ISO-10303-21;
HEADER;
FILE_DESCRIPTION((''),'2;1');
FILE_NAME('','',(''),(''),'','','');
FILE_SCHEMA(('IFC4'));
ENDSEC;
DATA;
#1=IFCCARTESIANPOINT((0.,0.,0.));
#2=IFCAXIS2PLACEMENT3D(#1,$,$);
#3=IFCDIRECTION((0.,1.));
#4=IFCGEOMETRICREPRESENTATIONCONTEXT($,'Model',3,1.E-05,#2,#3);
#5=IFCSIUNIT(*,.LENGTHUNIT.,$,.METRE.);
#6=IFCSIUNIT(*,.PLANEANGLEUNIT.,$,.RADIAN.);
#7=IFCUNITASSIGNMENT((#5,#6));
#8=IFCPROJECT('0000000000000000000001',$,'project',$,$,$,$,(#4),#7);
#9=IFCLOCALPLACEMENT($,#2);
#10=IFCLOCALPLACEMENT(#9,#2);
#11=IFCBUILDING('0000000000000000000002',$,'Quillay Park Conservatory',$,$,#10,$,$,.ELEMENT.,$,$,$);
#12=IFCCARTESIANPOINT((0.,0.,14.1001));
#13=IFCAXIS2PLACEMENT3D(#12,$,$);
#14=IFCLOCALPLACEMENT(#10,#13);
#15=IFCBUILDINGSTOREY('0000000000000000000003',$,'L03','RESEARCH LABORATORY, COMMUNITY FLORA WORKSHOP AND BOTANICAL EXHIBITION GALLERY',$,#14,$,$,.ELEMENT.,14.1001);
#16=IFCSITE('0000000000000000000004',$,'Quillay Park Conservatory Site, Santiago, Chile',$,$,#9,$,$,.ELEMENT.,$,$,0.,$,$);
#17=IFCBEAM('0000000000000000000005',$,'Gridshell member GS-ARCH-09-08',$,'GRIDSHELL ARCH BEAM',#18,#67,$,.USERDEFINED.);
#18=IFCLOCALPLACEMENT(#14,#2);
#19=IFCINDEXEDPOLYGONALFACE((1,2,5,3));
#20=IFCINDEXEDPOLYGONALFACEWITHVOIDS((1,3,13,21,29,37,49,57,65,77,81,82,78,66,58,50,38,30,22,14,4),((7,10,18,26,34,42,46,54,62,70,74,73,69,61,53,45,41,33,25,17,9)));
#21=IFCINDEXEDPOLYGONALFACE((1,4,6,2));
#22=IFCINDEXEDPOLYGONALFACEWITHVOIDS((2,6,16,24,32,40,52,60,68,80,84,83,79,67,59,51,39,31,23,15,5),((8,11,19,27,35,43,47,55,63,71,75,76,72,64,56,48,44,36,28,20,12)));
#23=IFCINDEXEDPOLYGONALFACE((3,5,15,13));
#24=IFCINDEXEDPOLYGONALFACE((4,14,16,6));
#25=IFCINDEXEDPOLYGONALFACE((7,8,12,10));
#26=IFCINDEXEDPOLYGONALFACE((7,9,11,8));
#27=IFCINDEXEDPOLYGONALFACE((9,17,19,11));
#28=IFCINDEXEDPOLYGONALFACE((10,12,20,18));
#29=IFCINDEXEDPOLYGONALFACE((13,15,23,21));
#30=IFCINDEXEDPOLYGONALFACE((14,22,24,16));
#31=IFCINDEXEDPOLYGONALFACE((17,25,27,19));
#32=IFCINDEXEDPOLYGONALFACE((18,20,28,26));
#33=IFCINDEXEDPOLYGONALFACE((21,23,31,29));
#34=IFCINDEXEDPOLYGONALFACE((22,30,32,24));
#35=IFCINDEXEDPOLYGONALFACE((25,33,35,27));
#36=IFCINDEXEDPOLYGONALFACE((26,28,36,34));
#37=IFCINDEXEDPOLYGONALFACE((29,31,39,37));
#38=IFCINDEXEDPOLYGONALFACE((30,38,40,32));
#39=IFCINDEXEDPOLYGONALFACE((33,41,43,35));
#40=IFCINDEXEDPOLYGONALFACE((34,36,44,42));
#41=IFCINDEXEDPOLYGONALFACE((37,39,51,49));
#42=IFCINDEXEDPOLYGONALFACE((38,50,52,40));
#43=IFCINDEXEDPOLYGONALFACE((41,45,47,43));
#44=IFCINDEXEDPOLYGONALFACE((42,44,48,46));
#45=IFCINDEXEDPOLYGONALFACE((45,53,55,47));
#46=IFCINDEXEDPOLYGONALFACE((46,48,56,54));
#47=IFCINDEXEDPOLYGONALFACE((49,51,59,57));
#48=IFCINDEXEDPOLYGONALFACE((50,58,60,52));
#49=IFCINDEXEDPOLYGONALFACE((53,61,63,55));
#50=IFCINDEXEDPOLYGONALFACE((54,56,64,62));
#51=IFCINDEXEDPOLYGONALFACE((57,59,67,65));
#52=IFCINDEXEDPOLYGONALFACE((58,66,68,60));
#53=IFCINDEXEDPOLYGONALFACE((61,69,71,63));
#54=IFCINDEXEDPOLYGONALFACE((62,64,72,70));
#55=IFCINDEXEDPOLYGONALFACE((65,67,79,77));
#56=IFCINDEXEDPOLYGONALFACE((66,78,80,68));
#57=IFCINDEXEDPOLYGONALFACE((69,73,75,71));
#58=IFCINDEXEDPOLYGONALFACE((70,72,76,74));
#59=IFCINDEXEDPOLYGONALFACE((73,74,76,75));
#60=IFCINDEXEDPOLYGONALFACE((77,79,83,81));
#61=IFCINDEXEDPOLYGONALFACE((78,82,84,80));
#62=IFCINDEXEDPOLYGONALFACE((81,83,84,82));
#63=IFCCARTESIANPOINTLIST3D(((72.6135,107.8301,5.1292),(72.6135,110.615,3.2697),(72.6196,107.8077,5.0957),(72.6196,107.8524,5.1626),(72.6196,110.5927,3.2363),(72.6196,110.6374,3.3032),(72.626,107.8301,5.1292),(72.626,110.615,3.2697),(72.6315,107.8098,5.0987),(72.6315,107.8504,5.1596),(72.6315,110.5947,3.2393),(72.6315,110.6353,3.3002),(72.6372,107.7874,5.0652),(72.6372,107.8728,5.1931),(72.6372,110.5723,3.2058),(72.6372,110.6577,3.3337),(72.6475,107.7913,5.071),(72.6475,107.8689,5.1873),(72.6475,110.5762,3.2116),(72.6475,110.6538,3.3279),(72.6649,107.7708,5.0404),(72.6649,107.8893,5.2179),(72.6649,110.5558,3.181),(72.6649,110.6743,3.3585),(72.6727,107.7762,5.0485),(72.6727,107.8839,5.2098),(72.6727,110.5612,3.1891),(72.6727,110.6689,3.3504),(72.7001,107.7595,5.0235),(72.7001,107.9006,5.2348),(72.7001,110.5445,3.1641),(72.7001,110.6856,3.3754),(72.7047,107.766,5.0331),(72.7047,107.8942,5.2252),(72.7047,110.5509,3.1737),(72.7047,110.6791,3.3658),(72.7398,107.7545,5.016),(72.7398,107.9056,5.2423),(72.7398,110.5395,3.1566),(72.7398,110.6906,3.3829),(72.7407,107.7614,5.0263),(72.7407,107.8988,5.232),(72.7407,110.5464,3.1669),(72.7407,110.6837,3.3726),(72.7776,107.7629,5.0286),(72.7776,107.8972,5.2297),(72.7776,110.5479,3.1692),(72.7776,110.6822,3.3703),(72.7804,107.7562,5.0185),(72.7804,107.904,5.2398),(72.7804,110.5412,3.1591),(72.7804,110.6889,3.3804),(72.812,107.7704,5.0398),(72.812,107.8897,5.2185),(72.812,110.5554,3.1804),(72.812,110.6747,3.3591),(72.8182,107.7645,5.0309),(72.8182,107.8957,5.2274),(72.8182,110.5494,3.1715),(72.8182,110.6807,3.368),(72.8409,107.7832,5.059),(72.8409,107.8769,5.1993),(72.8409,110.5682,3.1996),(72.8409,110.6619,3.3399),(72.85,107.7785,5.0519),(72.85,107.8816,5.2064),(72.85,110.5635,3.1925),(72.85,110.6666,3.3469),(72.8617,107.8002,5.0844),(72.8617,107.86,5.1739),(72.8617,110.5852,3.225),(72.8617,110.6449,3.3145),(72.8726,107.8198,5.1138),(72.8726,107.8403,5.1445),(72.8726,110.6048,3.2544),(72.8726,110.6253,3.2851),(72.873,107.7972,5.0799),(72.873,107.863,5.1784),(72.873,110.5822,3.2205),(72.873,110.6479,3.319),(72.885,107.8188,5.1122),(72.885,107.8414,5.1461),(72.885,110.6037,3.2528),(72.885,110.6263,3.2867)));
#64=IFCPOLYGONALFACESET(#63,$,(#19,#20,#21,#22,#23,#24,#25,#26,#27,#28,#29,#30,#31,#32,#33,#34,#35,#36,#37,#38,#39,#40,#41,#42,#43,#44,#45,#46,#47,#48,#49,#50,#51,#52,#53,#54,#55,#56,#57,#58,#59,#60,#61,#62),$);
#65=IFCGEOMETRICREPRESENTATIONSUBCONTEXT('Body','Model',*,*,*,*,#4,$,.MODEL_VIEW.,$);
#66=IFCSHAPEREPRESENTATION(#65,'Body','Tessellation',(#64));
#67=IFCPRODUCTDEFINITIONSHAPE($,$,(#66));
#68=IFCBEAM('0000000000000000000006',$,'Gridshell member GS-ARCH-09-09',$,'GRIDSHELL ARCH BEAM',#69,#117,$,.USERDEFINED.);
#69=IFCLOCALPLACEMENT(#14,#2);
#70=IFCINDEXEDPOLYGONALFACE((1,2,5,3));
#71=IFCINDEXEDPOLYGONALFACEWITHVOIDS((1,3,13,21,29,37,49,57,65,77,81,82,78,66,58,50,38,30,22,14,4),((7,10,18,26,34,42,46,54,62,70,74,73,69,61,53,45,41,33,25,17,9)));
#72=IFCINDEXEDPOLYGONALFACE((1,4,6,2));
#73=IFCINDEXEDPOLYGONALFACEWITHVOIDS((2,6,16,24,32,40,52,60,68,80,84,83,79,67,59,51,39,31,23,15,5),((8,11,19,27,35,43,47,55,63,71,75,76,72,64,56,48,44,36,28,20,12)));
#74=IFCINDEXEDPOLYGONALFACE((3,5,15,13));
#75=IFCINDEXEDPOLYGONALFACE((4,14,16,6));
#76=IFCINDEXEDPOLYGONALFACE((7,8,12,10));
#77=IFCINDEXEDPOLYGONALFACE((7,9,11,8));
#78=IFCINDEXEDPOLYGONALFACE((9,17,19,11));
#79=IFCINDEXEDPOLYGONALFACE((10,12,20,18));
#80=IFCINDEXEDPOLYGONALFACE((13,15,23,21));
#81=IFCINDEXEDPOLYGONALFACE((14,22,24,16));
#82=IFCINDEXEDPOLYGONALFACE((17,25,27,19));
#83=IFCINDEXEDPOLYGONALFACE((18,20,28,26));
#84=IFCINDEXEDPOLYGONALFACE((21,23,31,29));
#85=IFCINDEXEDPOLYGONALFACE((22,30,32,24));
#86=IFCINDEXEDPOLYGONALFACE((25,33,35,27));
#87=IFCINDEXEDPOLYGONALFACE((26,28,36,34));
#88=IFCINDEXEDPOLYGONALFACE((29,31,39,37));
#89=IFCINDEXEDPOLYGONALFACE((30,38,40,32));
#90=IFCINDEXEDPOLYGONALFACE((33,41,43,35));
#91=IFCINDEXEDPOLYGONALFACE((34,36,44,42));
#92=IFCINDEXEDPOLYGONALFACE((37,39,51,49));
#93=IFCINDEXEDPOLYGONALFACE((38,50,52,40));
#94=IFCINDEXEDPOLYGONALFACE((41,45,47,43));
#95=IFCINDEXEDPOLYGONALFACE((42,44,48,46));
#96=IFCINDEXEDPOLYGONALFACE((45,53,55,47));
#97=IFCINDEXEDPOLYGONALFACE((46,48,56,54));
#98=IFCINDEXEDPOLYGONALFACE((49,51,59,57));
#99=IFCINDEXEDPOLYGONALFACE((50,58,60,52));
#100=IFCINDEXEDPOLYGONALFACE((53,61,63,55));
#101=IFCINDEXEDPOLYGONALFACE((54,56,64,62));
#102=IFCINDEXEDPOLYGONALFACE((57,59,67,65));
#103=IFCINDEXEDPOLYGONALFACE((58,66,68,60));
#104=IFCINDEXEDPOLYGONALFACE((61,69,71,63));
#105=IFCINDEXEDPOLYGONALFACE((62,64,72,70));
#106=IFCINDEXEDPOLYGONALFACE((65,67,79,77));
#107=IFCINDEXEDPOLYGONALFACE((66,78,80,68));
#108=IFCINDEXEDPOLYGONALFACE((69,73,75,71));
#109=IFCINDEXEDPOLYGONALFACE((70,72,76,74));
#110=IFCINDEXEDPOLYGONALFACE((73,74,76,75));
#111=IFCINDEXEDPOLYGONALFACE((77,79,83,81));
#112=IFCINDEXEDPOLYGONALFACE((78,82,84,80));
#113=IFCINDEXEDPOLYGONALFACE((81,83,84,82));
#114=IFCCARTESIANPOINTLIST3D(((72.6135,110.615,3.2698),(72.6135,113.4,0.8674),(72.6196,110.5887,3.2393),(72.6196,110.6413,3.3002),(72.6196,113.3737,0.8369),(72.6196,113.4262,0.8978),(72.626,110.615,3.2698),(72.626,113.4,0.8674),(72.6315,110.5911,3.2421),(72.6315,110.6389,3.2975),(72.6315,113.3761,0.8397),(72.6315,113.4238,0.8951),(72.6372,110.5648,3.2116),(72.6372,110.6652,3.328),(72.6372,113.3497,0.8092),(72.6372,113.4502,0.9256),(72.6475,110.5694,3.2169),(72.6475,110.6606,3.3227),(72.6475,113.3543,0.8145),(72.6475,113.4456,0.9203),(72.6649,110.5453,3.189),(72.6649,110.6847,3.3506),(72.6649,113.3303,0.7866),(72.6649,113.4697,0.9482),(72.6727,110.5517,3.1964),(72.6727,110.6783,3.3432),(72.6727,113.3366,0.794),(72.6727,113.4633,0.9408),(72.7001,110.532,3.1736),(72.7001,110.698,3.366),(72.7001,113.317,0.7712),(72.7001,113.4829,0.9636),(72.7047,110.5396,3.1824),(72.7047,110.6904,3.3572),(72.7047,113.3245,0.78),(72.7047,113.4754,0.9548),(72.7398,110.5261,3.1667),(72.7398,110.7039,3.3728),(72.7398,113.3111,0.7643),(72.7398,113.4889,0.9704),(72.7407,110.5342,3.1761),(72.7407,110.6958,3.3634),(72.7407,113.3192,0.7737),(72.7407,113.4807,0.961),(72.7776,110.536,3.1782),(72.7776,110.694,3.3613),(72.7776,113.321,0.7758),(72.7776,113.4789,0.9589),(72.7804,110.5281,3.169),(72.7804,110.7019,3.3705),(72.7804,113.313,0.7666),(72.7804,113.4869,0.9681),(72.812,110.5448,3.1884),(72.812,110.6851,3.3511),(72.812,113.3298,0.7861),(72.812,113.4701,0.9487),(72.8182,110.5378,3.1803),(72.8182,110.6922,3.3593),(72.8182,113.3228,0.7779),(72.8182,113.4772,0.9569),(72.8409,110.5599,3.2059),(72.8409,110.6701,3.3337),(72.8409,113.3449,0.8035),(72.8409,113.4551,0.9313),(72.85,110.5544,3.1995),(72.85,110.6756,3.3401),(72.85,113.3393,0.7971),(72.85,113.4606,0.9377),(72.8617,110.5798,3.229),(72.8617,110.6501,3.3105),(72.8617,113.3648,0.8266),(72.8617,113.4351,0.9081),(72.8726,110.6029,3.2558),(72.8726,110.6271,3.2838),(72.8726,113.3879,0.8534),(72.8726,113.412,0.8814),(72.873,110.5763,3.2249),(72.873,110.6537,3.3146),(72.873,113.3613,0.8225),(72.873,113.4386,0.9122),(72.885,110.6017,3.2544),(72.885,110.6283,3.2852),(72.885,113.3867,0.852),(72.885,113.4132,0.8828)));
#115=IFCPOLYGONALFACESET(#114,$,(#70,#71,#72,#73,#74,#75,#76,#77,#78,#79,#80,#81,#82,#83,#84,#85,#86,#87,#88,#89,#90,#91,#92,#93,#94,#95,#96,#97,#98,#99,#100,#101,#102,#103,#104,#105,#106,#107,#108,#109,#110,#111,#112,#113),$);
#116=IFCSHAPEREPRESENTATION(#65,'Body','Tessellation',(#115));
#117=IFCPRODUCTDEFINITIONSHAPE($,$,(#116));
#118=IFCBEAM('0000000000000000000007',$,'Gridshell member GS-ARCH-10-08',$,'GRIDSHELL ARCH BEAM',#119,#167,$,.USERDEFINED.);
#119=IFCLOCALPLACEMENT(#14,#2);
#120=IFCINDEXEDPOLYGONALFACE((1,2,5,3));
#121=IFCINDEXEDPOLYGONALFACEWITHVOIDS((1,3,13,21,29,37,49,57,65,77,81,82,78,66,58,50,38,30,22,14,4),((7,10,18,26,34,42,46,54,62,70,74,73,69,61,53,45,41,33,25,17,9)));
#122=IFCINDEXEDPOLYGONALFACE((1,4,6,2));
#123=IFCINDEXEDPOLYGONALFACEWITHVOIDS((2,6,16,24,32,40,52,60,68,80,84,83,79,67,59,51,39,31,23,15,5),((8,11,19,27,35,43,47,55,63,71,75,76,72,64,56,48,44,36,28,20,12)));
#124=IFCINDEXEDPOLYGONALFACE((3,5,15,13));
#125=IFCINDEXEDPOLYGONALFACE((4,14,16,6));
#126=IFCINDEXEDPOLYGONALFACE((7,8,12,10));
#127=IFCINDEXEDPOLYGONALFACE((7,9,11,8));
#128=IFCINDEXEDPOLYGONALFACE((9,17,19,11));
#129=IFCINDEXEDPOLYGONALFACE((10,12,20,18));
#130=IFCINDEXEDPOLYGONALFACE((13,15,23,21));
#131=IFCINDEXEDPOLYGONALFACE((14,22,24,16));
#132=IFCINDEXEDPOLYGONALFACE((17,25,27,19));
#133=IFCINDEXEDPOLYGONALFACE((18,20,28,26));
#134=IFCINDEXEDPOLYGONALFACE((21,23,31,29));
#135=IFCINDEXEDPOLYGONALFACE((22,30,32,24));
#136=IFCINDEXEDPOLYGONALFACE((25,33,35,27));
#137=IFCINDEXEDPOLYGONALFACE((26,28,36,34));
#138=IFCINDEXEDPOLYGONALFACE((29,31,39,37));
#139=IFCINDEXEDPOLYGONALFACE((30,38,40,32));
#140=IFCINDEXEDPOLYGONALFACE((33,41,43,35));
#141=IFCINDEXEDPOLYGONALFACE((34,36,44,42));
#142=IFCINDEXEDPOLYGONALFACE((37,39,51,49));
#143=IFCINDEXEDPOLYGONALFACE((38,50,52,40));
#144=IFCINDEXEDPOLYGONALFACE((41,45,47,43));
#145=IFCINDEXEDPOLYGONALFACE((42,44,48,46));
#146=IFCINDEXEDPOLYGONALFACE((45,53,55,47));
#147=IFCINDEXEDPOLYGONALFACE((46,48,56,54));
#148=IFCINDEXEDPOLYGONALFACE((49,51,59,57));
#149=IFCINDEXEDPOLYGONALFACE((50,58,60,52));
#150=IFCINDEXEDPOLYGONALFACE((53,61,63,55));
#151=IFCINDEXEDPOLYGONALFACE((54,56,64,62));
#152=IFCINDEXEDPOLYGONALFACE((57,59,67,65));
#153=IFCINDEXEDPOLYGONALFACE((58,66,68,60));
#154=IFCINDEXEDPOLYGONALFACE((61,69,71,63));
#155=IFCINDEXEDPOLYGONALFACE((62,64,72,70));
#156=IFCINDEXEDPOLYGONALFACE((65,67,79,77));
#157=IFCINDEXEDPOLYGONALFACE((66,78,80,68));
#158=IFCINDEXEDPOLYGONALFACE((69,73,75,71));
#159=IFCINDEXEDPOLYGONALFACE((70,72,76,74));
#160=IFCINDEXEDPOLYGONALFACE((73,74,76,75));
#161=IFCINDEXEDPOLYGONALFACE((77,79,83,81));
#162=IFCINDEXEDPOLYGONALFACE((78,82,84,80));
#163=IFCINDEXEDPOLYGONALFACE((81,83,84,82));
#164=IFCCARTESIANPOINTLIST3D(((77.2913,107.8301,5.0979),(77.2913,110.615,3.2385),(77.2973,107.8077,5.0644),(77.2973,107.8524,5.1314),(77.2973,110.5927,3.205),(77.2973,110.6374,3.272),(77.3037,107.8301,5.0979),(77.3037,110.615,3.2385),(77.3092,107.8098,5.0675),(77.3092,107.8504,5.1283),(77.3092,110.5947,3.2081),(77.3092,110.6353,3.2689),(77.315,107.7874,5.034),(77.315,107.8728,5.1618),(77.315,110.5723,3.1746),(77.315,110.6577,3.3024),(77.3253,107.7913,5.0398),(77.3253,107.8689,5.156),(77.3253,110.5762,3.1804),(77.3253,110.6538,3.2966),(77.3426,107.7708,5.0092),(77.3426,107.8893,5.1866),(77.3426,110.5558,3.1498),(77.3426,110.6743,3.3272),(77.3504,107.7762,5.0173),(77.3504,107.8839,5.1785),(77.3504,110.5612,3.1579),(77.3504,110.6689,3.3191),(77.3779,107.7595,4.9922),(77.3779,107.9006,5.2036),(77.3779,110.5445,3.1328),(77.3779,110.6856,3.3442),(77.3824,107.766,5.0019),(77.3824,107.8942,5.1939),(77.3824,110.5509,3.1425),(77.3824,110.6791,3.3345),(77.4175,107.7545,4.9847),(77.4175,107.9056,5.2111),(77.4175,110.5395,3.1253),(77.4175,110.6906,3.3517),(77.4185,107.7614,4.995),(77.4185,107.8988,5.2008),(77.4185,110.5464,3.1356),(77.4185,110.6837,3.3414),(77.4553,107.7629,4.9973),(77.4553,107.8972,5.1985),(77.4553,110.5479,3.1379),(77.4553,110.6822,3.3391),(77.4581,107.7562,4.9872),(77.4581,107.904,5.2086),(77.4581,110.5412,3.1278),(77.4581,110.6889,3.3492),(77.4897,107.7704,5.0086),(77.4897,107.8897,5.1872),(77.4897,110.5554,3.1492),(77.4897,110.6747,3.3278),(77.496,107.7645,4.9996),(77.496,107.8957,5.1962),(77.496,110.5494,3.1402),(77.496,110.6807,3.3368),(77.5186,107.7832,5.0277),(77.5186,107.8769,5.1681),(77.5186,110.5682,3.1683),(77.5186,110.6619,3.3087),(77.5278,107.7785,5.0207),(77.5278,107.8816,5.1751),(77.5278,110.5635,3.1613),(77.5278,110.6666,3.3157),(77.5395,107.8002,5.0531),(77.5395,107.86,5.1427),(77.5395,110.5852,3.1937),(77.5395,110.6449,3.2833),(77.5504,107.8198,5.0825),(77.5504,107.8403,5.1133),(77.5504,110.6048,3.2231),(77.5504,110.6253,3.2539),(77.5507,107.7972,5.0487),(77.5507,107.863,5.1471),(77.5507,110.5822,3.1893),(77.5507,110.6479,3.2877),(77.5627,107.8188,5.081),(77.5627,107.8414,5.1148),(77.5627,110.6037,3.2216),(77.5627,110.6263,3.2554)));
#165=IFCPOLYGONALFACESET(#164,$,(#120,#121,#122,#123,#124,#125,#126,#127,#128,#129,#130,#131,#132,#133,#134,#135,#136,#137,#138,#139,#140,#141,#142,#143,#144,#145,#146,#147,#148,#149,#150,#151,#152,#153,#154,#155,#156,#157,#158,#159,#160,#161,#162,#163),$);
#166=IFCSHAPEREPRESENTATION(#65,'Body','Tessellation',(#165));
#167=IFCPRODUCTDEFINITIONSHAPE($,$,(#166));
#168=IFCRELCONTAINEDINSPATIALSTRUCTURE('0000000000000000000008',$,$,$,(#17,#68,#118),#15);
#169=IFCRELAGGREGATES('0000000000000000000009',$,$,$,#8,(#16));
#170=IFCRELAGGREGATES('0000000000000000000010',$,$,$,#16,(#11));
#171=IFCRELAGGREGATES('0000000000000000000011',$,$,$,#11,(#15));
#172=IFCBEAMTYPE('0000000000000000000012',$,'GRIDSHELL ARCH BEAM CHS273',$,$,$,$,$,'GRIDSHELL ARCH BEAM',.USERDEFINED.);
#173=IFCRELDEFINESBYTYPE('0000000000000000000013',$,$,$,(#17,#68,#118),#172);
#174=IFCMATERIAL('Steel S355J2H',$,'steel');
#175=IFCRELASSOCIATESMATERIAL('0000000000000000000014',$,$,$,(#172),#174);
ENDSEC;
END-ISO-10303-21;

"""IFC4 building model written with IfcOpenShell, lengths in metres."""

from ifc_helpers import new_model, si_unit, direction, frame, origin, origin_2d, place, context, subcontext, project, spatial, hollow_circle, extrude, material, material_profile, profile_set, type_object, element, save


model = new_model("IFC4")

# Units and contexts
model_context = context("Model", 3, precision=1e-05, world=origin(), true_north=direction((0.0, 1.0)))
body_context = subcontext(model_context, "Body", "Model", "MODEL_VIEW")
ifc_project = project(units=[si_unit("LENGTHUNIT", "METRE"), si_unit("PLANEANGLEUNIT", "RADIAN")], contexts=[model_context])

# Site, building, storey
site_placement = place(None, origin())
site = spatial("IfcSite", under=ifc_project, at=site_placement, Name="Quillay Park Conservatory Site, Santiago, Chile", CompositionType="ELEMENT", RefElevation=0.0)
building_placement = place(site_placement, origin())
building = spatial("IfcBuilding", under=site, at=building_placement, Name="Quillay Park Conservatory", CompositionType="ELEMENT")
storey_placement = place(building_placement, frame((0.0, 0.0, 14.1001)))
storey = spatial("IfcBuildingStorey", under=building, at=storey_placement, Name="L03", Description="RESEARCH LABORATORY, COMMUNITY FLORA WORKSHOP AND BOTANICAL EXHIBITION GALLERY", CompositionType="ELEMENT", Elevation=14.1001)

# Beams
ifc_material_1 = material(Name="Steel S355J2H", Category="steel")
ifc_material_profile_1 = material_profile(ifc_material_1, hollow_circle(Radius=0.1365, WallThickness=0.0125, at=origin_2d()), Name="CHS273x12.5")
ifc_profile_set_1 = profile_set([ifc_material_profile_1], Name="Steel S355J2H")
beam_type = type_object("IfcBeamType", Name="GRIDSHELL ARCH BEAM CHS273", ElementType="GRIDSHELL ARCH BEAM", PredefinedType="USERDEFINED", material=ifc_profile_set_1)
beam_1_placement = place(storey_placement, frame((72.75, 107.8301, 5.1292), z_axis=(0.0, 0.831669, -0.555272), x_axis=(-1.0, 0.0, 0.0)))
element("IfcBeam", 1, at=beam_1_placement, inside=storey, type_object=beam_type, Name="Gridshell member GS-ARCH-09-08", ObjectType="GRIDSHELL ARCH BEAM", PredefinedType="USERDEFINED", context=body_context, shape_type="SweptSolid", body=[
    extrude(hollow_circle(Radius=0.1365, WallThickness=0.0125, at=origin_2d()), origin(), (0.0, 0.0, 1.0), 3.3486),
])
beam_2_placement = place(storey_placement, frame((72.75, 110.615, 3.2698), z_axis=(0.0, 0.757201, -0.653183), x_axis=(-1.0, 0.0, 0.0)))
element("IfcBeam", 2, at=beam_2_placement, inside=storey, type_object=beam_type, Name="Gridshell member GS-ARCH-09-09", ObjectType="GRIDSHELL ARCH BEAM", PredefinedType="USERDEFINED", context=body_context, shape_type="SweptSolid", body=[
    extrude(hollow_circle(Radius=0.1365, WallThickness=0.0125, at=origin_2d()), origin(), (0.0, 0.0, 1.0), 3.678),
])
beam_3_placement = place(storey_placement, frame((77.4277, 107.8301, 5.0979), z_axis=(0.0, 0.831669, -0.555272), x_axis=(-1.0, 0.0, 0.0)))
element("IfcBeam", 3, at=beam_3_placement, inside=storey, type_object=beam_type, Name="Gridshell member GS-ARCH-10-08", ObjectType="GRIDSHELL ARCH BEAM", PredefinedType="USERDEFINED", context=body_context, shape_type="SweptSolid", body=[
    extrude(hollow_circle(Radius=0.1365, WallThickness=0.0125, at=origin_2d()), origin(), (0.0, 0.0, 1.0), 3.3486),
])

save(model, "model.ifc")
